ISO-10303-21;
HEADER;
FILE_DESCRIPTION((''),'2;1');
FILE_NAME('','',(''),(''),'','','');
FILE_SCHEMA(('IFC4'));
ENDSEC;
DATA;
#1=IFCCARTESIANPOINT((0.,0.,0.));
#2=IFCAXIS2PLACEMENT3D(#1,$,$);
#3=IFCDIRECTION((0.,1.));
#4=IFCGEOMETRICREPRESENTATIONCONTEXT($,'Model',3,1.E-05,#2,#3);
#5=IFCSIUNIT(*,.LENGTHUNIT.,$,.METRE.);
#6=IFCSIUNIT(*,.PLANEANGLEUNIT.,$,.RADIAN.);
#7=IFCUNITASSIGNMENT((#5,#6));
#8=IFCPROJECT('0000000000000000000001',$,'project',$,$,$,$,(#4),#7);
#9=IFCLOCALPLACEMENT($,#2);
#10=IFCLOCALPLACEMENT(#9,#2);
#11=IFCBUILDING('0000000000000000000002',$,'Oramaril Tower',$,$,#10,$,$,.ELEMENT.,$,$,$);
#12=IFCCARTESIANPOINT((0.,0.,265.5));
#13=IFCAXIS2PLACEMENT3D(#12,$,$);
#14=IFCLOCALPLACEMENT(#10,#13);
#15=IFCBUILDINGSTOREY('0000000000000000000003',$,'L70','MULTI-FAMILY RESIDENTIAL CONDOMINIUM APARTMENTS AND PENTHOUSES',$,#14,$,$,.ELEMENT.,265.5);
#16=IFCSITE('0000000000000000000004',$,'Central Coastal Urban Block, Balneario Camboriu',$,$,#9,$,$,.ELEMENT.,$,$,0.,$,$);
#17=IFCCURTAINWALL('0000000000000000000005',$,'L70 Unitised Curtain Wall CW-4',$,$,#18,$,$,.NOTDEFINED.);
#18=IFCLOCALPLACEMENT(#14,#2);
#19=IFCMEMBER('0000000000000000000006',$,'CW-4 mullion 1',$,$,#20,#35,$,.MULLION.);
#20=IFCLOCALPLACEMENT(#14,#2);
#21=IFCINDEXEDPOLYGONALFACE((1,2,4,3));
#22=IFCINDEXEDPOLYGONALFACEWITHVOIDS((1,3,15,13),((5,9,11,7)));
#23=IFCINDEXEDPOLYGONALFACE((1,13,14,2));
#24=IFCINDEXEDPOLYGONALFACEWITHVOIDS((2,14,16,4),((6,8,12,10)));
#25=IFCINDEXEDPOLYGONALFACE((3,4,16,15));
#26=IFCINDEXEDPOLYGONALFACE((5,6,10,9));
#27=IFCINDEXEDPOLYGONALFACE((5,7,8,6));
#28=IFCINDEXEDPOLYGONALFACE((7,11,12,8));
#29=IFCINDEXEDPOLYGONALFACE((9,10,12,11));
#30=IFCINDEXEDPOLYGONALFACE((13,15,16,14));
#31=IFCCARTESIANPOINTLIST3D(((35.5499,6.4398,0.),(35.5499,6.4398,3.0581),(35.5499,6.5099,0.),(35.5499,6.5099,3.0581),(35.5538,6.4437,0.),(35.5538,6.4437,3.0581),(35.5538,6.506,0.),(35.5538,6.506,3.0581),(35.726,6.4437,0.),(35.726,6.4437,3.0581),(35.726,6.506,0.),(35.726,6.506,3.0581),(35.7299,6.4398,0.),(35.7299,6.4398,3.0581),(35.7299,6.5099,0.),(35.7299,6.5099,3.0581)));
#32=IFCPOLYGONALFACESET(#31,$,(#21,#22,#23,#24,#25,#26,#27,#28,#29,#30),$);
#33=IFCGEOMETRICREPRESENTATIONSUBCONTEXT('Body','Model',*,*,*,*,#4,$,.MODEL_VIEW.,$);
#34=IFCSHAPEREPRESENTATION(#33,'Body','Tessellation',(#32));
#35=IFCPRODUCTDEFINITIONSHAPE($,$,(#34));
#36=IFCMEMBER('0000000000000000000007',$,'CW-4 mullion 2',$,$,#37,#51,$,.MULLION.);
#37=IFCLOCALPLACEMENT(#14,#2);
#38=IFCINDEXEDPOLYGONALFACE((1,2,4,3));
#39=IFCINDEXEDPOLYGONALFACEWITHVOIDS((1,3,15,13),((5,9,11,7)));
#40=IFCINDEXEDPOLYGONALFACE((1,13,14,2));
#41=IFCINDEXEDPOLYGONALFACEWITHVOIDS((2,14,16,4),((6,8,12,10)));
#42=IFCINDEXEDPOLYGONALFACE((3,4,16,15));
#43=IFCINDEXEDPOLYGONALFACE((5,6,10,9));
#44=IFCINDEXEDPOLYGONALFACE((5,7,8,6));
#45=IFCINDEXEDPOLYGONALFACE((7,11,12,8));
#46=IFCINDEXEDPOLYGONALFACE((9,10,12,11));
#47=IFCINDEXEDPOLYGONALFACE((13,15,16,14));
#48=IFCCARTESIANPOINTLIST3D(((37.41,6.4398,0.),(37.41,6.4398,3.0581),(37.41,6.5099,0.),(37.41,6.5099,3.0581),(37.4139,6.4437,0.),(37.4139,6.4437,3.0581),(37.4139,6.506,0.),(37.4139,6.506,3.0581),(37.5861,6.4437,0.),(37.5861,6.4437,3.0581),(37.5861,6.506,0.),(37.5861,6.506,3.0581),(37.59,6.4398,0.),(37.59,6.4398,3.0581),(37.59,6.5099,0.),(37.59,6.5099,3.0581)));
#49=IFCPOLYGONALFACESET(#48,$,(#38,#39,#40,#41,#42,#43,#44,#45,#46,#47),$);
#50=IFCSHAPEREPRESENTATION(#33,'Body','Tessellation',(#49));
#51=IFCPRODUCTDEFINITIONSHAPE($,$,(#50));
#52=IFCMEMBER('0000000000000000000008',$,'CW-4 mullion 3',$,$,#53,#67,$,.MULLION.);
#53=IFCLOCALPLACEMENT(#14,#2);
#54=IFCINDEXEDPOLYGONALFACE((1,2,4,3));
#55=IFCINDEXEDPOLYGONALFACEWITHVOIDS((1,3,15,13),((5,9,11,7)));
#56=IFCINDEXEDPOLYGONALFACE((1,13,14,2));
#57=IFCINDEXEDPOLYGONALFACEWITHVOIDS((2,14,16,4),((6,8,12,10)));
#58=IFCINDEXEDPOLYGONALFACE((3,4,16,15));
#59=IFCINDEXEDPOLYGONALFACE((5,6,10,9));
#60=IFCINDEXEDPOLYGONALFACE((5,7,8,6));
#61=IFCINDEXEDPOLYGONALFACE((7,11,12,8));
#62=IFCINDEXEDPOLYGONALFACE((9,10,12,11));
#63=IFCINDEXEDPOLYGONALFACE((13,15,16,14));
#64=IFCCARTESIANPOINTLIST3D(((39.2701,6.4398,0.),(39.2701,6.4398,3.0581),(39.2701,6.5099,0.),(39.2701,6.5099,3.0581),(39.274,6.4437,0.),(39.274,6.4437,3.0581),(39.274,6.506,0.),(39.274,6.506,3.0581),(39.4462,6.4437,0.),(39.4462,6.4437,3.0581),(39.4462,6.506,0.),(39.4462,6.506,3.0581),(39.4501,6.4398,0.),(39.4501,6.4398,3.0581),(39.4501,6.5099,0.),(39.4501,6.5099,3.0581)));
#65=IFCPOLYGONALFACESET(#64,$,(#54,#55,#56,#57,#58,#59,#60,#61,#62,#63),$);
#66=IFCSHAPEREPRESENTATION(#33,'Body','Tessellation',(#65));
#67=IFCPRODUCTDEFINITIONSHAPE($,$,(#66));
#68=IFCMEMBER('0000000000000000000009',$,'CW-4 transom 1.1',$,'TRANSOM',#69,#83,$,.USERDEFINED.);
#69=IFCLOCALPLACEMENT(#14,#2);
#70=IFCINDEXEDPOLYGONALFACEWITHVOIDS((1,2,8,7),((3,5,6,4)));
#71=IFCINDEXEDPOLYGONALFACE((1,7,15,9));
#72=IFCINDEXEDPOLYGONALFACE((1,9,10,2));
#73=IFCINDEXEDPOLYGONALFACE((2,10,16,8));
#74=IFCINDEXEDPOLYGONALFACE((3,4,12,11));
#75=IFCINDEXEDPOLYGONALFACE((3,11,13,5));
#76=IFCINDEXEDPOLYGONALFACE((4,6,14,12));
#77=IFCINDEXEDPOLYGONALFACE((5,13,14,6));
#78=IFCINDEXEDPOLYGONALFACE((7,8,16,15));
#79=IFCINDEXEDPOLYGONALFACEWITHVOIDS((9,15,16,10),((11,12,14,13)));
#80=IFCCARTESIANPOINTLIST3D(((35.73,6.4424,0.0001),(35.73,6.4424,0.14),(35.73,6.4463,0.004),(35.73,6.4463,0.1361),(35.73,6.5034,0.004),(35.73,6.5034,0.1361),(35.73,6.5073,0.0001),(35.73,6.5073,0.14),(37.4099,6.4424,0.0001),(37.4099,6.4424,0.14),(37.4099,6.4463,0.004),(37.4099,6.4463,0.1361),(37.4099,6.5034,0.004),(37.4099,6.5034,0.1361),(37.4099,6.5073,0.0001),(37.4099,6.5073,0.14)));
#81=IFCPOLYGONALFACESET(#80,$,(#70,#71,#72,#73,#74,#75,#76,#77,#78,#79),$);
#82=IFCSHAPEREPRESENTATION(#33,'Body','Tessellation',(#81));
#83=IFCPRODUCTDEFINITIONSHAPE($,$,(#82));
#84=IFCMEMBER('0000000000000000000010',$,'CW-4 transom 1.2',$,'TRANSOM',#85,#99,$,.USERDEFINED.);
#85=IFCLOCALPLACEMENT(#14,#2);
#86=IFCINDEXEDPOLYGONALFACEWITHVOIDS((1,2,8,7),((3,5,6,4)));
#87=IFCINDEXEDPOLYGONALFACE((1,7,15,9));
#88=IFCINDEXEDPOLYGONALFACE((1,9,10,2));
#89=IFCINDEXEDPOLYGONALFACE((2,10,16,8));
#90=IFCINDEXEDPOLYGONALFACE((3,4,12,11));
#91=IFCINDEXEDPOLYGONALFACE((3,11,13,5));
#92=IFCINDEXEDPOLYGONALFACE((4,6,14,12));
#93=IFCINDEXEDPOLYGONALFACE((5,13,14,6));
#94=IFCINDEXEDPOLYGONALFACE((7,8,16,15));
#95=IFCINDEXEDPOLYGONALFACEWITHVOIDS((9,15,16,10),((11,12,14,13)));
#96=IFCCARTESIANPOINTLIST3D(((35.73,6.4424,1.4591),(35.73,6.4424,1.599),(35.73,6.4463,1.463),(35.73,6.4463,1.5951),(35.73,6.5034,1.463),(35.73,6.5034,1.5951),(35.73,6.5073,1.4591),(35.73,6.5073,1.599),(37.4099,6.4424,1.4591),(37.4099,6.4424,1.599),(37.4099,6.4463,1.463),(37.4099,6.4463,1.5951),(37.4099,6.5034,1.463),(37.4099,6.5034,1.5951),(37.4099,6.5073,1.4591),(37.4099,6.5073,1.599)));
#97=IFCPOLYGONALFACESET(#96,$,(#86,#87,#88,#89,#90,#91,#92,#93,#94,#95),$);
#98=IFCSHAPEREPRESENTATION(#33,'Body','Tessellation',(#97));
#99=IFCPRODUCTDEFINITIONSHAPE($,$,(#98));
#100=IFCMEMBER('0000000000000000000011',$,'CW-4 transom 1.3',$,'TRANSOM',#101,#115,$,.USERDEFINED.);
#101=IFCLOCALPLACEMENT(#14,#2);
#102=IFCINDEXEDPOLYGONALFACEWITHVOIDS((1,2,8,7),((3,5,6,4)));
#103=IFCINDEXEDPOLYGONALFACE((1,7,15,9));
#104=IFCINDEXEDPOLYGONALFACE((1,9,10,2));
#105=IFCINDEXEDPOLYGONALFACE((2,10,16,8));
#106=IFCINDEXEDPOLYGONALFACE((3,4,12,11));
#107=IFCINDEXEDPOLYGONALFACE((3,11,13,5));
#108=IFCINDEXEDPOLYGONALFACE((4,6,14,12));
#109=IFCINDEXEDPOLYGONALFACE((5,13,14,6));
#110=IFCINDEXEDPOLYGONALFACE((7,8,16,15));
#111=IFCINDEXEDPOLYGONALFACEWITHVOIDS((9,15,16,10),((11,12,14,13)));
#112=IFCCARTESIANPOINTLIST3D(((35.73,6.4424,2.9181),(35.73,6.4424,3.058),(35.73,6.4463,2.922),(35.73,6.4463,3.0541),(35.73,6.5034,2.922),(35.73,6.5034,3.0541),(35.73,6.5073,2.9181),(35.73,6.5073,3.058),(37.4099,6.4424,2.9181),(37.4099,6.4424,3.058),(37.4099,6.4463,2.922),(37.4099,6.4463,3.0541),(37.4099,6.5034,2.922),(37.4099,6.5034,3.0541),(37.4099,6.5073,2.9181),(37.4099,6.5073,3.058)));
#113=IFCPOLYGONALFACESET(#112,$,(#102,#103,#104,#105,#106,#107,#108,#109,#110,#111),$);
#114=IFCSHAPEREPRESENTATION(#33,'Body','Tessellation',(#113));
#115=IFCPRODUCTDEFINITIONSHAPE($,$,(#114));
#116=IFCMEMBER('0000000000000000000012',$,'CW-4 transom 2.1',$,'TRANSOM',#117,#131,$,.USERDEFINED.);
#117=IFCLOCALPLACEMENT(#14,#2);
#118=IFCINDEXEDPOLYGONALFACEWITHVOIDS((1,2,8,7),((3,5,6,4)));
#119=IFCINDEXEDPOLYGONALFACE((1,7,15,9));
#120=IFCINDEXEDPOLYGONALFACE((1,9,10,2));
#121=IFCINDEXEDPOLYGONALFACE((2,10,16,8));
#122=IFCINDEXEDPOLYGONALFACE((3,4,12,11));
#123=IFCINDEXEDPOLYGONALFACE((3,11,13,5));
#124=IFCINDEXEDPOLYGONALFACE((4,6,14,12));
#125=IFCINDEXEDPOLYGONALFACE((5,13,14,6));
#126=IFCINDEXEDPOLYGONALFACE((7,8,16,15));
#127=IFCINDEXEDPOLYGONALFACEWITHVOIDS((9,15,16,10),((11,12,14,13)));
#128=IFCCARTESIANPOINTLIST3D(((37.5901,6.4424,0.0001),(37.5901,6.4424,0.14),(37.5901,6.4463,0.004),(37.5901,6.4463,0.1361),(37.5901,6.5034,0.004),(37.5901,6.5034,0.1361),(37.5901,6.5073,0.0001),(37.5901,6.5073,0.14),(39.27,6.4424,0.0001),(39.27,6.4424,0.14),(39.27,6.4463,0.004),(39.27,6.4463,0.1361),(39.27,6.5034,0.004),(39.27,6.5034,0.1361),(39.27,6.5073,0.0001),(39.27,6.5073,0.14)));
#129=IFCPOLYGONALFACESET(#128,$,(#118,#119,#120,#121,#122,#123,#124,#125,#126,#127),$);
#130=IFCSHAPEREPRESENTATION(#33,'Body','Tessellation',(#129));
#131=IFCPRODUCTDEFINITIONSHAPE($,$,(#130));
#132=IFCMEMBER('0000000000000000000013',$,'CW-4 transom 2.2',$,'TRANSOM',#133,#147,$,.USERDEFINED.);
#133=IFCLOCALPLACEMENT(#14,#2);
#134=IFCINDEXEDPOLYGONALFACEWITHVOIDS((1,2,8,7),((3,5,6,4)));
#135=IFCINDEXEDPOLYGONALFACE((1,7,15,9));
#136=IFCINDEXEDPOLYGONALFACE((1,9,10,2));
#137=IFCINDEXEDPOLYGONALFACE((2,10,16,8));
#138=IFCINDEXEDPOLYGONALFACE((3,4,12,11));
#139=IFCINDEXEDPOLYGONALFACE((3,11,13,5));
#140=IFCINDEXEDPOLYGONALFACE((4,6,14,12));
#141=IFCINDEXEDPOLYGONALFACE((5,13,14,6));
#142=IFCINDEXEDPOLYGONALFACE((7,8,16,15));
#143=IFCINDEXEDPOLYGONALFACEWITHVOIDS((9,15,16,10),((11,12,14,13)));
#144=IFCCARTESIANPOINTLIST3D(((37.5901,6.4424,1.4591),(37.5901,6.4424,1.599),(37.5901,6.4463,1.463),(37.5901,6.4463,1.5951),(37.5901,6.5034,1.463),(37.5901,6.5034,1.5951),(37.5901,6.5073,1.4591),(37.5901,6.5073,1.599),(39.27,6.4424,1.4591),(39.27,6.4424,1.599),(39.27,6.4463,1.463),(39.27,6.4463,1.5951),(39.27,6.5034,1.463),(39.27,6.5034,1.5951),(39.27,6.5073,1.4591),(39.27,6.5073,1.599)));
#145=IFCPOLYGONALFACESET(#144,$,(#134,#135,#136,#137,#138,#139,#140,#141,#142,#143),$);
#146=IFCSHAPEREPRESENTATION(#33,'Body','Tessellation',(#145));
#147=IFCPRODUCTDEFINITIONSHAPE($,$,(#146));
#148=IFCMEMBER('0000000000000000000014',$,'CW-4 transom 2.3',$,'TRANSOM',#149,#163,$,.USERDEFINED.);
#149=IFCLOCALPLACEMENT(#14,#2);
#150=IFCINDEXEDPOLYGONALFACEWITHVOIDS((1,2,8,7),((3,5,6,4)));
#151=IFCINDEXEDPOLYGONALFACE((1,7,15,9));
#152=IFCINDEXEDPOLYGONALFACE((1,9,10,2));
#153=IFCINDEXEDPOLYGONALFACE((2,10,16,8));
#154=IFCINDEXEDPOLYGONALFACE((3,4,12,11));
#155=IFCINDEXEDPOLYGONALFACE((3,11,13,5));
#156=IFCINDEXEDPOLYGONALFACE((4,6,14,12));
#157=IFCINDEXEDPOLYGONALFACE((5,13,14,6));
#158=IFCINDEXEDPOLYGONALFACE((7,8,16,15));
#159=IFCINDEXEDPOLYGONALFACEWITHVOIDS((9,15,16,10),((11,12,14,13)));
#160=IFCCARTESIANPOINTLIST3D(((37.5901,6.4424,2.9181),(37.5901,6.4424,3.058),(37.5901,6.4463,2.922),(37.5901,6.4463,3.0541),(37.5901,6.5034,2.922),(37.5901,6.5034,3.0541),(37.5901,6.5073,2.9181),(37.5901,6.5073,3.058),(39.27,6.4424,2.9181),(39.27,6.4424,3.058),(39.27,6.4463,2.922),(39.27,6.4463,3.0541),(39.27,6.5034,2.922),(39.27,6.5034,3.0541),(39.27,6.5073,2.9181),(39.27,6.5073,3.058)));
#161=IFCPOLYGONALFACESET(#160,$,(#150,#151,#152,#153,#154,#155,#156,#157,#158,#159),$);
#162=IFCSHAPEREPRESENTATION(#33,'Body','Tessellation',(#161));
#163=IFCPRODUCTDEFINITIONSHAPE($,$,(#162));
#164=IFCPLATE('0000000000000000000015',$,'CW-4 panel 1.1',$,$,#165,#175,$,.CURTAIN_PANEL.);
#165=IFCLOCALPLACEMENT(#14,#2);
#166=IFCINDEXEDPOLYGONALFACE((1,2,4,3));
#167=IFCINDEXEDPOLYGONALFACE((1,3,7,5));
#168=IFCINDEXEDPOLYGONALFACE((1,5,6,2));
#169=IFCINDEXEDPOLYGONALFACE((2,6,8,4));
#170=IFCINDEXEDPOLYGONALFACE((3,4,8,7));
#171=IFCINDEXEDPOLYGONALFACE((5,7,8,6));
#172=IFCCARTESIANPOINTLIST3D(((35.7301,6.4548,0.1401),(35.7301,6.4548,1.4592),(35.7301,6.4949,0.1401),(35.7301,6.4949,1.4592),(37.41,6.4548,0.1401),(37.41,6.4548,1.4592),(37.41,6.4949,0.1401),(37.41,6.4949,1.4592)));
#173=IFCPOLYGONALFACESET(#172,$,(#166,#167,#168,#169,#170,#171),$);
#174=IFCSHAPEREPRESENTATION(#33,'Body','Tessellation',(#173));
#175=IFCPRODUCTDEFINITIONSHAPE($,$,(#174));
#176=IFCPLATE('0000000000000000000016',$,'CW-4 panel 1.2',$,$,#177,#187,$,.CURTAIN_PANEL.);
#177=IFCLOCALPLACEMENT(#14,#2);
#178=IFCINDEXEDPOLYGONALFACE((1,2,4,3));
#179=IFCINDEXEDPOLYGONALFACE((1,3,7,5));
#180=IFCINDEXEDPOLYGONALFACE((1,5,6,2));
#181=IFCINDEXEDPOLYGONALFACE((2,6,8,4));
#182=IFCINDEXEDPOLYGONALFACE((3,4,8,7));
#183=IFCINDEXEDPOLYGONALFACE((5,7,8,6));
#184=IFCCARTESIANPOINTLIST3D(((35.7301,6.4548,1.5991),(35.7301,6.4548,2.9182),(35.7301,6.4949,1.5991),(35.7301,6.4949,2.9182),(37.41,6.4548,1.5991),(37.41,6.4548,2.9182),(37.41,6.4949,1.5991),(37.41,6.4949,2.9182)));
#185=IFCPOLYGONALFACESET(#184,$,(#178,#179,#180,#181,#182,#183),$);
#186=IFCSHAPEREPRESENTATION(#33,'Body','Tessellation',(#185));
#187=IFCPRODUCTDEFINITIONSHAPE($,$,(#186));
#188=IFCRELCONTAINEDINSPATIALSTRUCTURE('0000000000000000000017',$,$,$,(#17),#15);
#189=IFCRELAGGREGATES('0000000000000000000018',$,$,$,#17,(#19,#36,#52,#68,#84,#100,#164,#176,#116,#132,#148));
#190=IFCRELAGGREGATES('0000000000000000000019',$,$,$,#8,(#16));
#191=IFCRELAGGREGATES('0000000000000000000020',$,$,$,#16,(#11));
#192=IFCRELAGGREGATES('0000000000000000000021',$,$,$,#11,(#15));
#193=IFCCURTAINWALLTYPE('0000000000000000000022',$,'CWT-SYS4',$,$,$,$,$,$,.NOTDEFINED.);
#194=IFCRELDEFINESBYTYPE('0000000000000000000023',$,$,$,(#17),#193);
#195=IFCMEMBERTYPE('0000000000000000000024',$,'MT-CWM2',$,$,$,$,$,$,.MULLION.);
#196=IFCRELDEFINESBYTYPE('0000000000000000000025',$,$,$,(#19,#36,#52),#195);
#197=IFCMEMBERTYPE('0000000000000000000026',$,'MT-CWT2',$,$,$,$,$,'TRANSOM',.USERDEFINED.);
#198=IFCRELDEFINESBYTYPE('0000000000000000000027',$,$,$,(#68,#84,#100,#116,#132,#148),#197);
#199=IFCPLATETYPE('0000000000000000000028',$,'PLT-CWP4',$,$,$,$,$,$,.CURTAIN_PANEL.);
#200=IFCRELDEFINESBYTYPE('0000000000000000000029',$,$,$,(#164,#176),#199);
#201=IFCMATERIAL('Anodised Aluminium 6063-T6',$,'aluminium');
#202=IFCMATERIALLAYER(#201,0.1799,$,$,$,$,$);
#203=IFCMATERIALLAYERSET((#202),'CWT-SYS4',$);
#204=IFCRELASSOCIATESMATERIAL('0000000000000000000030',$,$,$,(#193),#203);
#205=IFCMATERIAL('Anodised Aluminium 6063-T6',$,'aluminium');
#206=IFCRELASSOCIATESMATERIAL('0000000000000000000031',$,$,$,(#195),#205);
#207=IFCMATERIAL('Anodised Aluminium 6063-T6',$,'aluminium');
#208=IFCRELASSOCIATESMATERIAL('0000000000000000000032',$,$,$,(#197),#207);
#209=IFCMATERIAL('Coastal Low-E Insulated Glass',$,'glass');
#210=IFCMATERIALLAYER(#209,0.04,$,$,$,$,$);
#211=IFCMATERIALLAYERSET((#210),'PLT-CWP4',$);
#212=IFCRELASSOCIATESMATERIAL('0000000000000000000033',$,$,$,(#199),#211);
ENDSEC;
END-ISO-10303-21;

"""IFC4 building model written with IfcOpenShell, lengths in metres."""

from ifc_helpers import new_model, si_unit, direction, frame, origin, origin_2d, place, context, subcontext, project, spatial, rectangle, hollow_rectangle, extrude, material, layer, layer_set, material_profile, profile_set, type_object, element, aggregate, save


model = new_model("IFC4")

# Units and contexts
model_context = context("Model", 3, precision=1e-05, world=origin(), true_north=direction((0.0, 1.0)))
body_context = subcontext(model_context, "Body", "Model", "MODEL_VIEW")
ifc_project = project(units=[si_unit("LENGTHUNIT", "METRE"), si_unit("PLANEANGLEUNIT", "RADIAN")], contexts=[model_context])

# Site, building, storey
site_placement = place(None, origin())
site = spatial("IfcSite", under=ifc_project, at=site_placement, Name="Central Coastal Urban Block, Balneario Camboriu", CompositionType="ELEMENT", RefElevation=0.0)
building_placement = place(site_placement, origin())
building = spatial("IfcBuilding", under=site, at=building_placement, Name="Oramaril Tower", CompositionType="ELEMENT")
storey_placement = place(building_placement, frame((0.0, 0.0, 265.5)))
storey = spatial("IfcBuildingStorey", under=building, at=storey_placement, Name="L70", Description="MULTI-FAMILY RESIDENTIAL CONDOMINIUM APARTMENTS AND PENTHOUSES", CompositionType="ELEMENT", Elevation=265.5)

# Curtain wall, members, plates
ifc_material_1 = material(Name="Anodised Aluminium 6063-T6", Category="aluminium")
ifc_layer_1 = layer(ifc_material_1, 0.1799)
ifc_layer_set_1 = layer_set([ifc_layer_1], Name="CWT-SYS4")
curtain_wall_type = type_object("IfcCurtainWallType", Name="CWT-SYS4", PredefinedType="NOTDEFINED", material=ifc_layer_set_1)
curtain_wall_placement = place(storey_placement, origin())
curtain_wall = element("IfcCurtainWall", 1, at=curtain_wall_placement, inside=storey, type_object=curtain_wall_type, Name="L70 Unitised Curtain Wall CW-4", PredefinedType="NOTDEFINED")
ifc_material_2 = material(Name="Anodised Aluminium 6063-T6", Category="aluminium")
ifc_material_profile_1 = material_profile(ifc_material_2, hollow_rectangle(XDim=0.0701, YDim=0.1799, WallThickness=0.0039, at=origin_2d()), Name="CWM180X70")
ifc_profile_set_1 = profile_set([ifc_material_profile_1], Name="Anodised Aluminium 6063-T6")
member_type_1 = type_object("IfcMemberType", Name="MT-CWM2", PredefinedType="MULLION", material=ifc_profile_set_1)
member_1_placement = place(storey_placement, frame((35.6399, 6.4749, 0.0), z_axis=(0.0, 0.0, 1.0), x_axis=(0.0, 1.0, 0.0)))
member_1 = element("IfcMember", 2, at=member_1_placement, type_object=member_type_1, Name="CW-4 mullion 1", PredefinedType="MULLION", context=body_context, shape_type="SweptSolid", body=[
    extrude(hollow_rectangle(XDim=0.0701, YDim=0.1799, WallThickness=0.0039, at=origin_2d()), origin(), (0.0, 0.0, 1.0), 3.0581),
])
member_2_placement = place(storey_placement, frame((37.5, 6.4749, 0.0), z_axis=(0.0, 0.0, 1.0), x_axis=(0.0, 1.0, 0.0)))
member_2 = element("IfcMember", 3, at=member_2_placement, type_object=member_type_1, Name="CW-4 mullion 2", PredefinedType="MULLION", context=body_context, shape_type="SweptSolid", body=[
    extrude(hollow_rectangle(XDim=0.0701, YDim=0.1799, WallThickness=0.0039, at=origin_2d()), origin(), (0.0, 0.0, 1.0), 3.0581),
])
member_3_placement = place(storey_placement, frame((39.3601, 6.4749, 0.0), z_axis=(0.0, 0.0, 1.0), x_axis=(0.0, 1.0, 0.0)))
member_3 = element("IfcMember", 4, at=member_3_placement, type_object=member_type_1, Name="CW-4 mullion 3", PredefinedType="MULLION", context=body_context, shape_type="SweptSolid", body=[
    extrude(hollow_rectangle(XDim=0.0701, YDim=0.1799, WallThickness=0.0039, at=origin_2d()), origin(), (0.0, 0.0, 1.0), 3.0581),
])
ifc_material_3 = material(Name="Anodised Aluminium 6063-T6", Category="aluminium")
ifc_material_profile_2 = material_profile(ifc_material_3, hollow_rectangle(XDim=0.0649, YDim=0.1399, WallThickness=0.0039, at=origin_2d()), Name="CWT140X65")
ifc_profile_set_2 = profile_set([ifc_material_profile_2], Name="Anodised Aluminium 6063-T6")
member_type_2 = type_object("IfcMemberType", Name="MT-CWT2", ElementType="TRANSOM", PredefinedType="USERDEFINED", material=ifc_profile_set_2)
member_4_placement = place(storey_placement, frame((35.73, 6.4749, 0.0701), z_axis=(1.0, 0.0, 0.0), x_axis=(0.0, 1.0, 0.0)))
member_4 = element("IfcMember", 5, at=member_4_placement, type_object=member_type_2, Name="CW-4 transom 1.1", ObjectType="TRANSOM", PredefinedType="USERDEFINED", context=body_context, shape_type="SweptSolid", body=[
    extrude(hollow_rectangle(XDim=0.0649, YDim=0.1399, WallThickness=0.0039, at=origin_2d()), origin(), (0.0, 0.0, 1.0), 1.6799),
])
member_5_placement = place(storey_placement, frame((35.73, 6.4749, 1.5291), z_axis=(1.0, 0.0, 0.0), x_axis=(0.0, 1.0, 0.0)))
member_5 = element("IfcMember", 6, at=member_5_placement, type_object=member_type_2, Name="CW-4 transom 1.2", ObjectType="TRANSOM", PredefinedType="USERDEFINED", context=body_context, shape_type="SweptSolid", body=[
    extrude(hollow_rectangle(XDim=0.0649, YDim=0.1399, WallThickness=0.0039, at=origin_2d()), origin(), (0.0, 0.0, 1.0), 1.6799),
])
member_6_placement = place(storey_placement, frame((35.73, 6.4749, 2.988), z_axis=(1.0, 0.0, 0.0), x_axis=(0.0, 1.0, 0.0)))
member_6 = element("IfcMember", 7, at=member_6_placement, type_object=member_type_2, Name="CW-4 transom 1.3", ObjectType="TRANSOM", PredefinedType="USERDEFINED", context=body_context, shape_type="SweptSolid", body=[
    extrude(hollow_rectangle(XDim=0.0649, YDim=0.1399, WallThickness=0.0039, at=origin_2d()), origin(), (0.0, 0.0, 1.0), 1.6799),
])
member_7_placement = place(storey_placement, frame((37.5901, 6.4749, 0.0701), z_axis=(1.0, 0.0, 0.0), x_axis=(0.0, 1.0, 0.0)))
member_7 = element("IfcMember", 8, at=member_7_placement, type_object=member_type_2, Name="CW-4 transom 2.1", ObjectType="TRANSOM", PredefinedType="USERDEFINED", context=body_context, shape_type="SweptSolid", body=[
    extrude(hollow_rectangle(XDim=0.0649, YDim=0.1399, WallThickness=0.0039, at=origin_2d()), origin(), (0.0, 0.0, 1.0), 1.6799),
])
member_8_placement = place(storey_placement, frame((37.5901, 6.4749, 1.5291), z_axis=(1.0, 0.0, 0.0), x_axis=(0.0, 1.0, 0.0)))
member_8 = element("IfcMember", 9, at=member_8_placement, type_object=member_type_2, Name="CW-4 transom 2.2", ObjectType="TRANSOM", PredefinedType="USERDEFINED", context=body_context, shape_type="SweptSolid", body=[
    extrude(hollow_rectangle(XDim=0.0649, YDim=0.1399, WallThickness=0.0039, at=origin_2d()), origin(), (0.0, 0.0, 1.0), 1.6799),
])
member_9_placement = place(storey_placement, frame((37.5901, 6.4749, 2.988), z_axis=(1.0, 0.0, 0.0), x_axis=(0.0, 1.0, 0.0)))
member_9 = element("IfcMember", 10, at=member_9_placement, type_object=member_type_2, Name="CW-4 transom 2.3", ObjectType="TRANSOM", PredefinedType="USERDEFINED", context=body_context, shape_type="SweptSolid", body=[
    extrude(hollow_rectangle(XDim=0.0649, YDim=0.1399, WallThickness=0.0039, at=origin_2d()), origin(), (0.0, 0.0, 1.0), 1.6799),
])
ifc_material_4 = material(Name="Coastal Low-E Insulated Glass", Category="glass")
ifc_layer_2 = layer(ifc_material_4, 0.04)
ifc_layer_set_2 = layer_set([ifc_layer_2], Name="PLT-CWP4")
plate_type = type_object("IfcPlateType", Name="PLT-CWP4", PredefinedType="CURTAIN_PANEL", material=ifc_layer_set_2)
plate_1_placement = place(storey_placement, frame((36.5701, 6.4749, 0.1401), z_axis=(0.0, 0.0, 1.0), x_axis=(1.0, 0.0, 0.0)))
plate_1 = element("IfcPlate", 11, at=plate_1_placement, type_object=plate_type, Name="CW-4 panel 1.1", PredefinedType="CURTAIN_PANEL", context=body_context, shape_type="SweptSolid", body=[
    extrude(rectangle(XDim=1.6799, YDim=0.04, at=origin_2d()), origin(), (0.0, 0.0, 1.0), 1.3191),
])
plate_2_placement = place(storey_placement, frame((36.5701, 6.4749, 1.5991), z_axis=(0.0, 0.0, 1.0), x_axis=(1.0, 0.0, 0.0)))
plate_2 = element("IfcPlate", 12, at=plate_2_placement, type_object=plate_type, Name="CW-4 panel 1.2", PredefinedType="CURTAIN_PANEL", context=body_context, shape_type="SweptSolid", body=[
    extrude(rectangle(XDim=1.6799, YDim=0.04, at=origin_2d()), origin(), (0.0, 0.0, 1.0), 1.3191),
])
aggregate(curtain_wall, [member_1, member_2, member_3, member_4, member_5, member_6, plate_1, plate_2, member_7, member_8, member_9])

save(model, "model.ifc")
